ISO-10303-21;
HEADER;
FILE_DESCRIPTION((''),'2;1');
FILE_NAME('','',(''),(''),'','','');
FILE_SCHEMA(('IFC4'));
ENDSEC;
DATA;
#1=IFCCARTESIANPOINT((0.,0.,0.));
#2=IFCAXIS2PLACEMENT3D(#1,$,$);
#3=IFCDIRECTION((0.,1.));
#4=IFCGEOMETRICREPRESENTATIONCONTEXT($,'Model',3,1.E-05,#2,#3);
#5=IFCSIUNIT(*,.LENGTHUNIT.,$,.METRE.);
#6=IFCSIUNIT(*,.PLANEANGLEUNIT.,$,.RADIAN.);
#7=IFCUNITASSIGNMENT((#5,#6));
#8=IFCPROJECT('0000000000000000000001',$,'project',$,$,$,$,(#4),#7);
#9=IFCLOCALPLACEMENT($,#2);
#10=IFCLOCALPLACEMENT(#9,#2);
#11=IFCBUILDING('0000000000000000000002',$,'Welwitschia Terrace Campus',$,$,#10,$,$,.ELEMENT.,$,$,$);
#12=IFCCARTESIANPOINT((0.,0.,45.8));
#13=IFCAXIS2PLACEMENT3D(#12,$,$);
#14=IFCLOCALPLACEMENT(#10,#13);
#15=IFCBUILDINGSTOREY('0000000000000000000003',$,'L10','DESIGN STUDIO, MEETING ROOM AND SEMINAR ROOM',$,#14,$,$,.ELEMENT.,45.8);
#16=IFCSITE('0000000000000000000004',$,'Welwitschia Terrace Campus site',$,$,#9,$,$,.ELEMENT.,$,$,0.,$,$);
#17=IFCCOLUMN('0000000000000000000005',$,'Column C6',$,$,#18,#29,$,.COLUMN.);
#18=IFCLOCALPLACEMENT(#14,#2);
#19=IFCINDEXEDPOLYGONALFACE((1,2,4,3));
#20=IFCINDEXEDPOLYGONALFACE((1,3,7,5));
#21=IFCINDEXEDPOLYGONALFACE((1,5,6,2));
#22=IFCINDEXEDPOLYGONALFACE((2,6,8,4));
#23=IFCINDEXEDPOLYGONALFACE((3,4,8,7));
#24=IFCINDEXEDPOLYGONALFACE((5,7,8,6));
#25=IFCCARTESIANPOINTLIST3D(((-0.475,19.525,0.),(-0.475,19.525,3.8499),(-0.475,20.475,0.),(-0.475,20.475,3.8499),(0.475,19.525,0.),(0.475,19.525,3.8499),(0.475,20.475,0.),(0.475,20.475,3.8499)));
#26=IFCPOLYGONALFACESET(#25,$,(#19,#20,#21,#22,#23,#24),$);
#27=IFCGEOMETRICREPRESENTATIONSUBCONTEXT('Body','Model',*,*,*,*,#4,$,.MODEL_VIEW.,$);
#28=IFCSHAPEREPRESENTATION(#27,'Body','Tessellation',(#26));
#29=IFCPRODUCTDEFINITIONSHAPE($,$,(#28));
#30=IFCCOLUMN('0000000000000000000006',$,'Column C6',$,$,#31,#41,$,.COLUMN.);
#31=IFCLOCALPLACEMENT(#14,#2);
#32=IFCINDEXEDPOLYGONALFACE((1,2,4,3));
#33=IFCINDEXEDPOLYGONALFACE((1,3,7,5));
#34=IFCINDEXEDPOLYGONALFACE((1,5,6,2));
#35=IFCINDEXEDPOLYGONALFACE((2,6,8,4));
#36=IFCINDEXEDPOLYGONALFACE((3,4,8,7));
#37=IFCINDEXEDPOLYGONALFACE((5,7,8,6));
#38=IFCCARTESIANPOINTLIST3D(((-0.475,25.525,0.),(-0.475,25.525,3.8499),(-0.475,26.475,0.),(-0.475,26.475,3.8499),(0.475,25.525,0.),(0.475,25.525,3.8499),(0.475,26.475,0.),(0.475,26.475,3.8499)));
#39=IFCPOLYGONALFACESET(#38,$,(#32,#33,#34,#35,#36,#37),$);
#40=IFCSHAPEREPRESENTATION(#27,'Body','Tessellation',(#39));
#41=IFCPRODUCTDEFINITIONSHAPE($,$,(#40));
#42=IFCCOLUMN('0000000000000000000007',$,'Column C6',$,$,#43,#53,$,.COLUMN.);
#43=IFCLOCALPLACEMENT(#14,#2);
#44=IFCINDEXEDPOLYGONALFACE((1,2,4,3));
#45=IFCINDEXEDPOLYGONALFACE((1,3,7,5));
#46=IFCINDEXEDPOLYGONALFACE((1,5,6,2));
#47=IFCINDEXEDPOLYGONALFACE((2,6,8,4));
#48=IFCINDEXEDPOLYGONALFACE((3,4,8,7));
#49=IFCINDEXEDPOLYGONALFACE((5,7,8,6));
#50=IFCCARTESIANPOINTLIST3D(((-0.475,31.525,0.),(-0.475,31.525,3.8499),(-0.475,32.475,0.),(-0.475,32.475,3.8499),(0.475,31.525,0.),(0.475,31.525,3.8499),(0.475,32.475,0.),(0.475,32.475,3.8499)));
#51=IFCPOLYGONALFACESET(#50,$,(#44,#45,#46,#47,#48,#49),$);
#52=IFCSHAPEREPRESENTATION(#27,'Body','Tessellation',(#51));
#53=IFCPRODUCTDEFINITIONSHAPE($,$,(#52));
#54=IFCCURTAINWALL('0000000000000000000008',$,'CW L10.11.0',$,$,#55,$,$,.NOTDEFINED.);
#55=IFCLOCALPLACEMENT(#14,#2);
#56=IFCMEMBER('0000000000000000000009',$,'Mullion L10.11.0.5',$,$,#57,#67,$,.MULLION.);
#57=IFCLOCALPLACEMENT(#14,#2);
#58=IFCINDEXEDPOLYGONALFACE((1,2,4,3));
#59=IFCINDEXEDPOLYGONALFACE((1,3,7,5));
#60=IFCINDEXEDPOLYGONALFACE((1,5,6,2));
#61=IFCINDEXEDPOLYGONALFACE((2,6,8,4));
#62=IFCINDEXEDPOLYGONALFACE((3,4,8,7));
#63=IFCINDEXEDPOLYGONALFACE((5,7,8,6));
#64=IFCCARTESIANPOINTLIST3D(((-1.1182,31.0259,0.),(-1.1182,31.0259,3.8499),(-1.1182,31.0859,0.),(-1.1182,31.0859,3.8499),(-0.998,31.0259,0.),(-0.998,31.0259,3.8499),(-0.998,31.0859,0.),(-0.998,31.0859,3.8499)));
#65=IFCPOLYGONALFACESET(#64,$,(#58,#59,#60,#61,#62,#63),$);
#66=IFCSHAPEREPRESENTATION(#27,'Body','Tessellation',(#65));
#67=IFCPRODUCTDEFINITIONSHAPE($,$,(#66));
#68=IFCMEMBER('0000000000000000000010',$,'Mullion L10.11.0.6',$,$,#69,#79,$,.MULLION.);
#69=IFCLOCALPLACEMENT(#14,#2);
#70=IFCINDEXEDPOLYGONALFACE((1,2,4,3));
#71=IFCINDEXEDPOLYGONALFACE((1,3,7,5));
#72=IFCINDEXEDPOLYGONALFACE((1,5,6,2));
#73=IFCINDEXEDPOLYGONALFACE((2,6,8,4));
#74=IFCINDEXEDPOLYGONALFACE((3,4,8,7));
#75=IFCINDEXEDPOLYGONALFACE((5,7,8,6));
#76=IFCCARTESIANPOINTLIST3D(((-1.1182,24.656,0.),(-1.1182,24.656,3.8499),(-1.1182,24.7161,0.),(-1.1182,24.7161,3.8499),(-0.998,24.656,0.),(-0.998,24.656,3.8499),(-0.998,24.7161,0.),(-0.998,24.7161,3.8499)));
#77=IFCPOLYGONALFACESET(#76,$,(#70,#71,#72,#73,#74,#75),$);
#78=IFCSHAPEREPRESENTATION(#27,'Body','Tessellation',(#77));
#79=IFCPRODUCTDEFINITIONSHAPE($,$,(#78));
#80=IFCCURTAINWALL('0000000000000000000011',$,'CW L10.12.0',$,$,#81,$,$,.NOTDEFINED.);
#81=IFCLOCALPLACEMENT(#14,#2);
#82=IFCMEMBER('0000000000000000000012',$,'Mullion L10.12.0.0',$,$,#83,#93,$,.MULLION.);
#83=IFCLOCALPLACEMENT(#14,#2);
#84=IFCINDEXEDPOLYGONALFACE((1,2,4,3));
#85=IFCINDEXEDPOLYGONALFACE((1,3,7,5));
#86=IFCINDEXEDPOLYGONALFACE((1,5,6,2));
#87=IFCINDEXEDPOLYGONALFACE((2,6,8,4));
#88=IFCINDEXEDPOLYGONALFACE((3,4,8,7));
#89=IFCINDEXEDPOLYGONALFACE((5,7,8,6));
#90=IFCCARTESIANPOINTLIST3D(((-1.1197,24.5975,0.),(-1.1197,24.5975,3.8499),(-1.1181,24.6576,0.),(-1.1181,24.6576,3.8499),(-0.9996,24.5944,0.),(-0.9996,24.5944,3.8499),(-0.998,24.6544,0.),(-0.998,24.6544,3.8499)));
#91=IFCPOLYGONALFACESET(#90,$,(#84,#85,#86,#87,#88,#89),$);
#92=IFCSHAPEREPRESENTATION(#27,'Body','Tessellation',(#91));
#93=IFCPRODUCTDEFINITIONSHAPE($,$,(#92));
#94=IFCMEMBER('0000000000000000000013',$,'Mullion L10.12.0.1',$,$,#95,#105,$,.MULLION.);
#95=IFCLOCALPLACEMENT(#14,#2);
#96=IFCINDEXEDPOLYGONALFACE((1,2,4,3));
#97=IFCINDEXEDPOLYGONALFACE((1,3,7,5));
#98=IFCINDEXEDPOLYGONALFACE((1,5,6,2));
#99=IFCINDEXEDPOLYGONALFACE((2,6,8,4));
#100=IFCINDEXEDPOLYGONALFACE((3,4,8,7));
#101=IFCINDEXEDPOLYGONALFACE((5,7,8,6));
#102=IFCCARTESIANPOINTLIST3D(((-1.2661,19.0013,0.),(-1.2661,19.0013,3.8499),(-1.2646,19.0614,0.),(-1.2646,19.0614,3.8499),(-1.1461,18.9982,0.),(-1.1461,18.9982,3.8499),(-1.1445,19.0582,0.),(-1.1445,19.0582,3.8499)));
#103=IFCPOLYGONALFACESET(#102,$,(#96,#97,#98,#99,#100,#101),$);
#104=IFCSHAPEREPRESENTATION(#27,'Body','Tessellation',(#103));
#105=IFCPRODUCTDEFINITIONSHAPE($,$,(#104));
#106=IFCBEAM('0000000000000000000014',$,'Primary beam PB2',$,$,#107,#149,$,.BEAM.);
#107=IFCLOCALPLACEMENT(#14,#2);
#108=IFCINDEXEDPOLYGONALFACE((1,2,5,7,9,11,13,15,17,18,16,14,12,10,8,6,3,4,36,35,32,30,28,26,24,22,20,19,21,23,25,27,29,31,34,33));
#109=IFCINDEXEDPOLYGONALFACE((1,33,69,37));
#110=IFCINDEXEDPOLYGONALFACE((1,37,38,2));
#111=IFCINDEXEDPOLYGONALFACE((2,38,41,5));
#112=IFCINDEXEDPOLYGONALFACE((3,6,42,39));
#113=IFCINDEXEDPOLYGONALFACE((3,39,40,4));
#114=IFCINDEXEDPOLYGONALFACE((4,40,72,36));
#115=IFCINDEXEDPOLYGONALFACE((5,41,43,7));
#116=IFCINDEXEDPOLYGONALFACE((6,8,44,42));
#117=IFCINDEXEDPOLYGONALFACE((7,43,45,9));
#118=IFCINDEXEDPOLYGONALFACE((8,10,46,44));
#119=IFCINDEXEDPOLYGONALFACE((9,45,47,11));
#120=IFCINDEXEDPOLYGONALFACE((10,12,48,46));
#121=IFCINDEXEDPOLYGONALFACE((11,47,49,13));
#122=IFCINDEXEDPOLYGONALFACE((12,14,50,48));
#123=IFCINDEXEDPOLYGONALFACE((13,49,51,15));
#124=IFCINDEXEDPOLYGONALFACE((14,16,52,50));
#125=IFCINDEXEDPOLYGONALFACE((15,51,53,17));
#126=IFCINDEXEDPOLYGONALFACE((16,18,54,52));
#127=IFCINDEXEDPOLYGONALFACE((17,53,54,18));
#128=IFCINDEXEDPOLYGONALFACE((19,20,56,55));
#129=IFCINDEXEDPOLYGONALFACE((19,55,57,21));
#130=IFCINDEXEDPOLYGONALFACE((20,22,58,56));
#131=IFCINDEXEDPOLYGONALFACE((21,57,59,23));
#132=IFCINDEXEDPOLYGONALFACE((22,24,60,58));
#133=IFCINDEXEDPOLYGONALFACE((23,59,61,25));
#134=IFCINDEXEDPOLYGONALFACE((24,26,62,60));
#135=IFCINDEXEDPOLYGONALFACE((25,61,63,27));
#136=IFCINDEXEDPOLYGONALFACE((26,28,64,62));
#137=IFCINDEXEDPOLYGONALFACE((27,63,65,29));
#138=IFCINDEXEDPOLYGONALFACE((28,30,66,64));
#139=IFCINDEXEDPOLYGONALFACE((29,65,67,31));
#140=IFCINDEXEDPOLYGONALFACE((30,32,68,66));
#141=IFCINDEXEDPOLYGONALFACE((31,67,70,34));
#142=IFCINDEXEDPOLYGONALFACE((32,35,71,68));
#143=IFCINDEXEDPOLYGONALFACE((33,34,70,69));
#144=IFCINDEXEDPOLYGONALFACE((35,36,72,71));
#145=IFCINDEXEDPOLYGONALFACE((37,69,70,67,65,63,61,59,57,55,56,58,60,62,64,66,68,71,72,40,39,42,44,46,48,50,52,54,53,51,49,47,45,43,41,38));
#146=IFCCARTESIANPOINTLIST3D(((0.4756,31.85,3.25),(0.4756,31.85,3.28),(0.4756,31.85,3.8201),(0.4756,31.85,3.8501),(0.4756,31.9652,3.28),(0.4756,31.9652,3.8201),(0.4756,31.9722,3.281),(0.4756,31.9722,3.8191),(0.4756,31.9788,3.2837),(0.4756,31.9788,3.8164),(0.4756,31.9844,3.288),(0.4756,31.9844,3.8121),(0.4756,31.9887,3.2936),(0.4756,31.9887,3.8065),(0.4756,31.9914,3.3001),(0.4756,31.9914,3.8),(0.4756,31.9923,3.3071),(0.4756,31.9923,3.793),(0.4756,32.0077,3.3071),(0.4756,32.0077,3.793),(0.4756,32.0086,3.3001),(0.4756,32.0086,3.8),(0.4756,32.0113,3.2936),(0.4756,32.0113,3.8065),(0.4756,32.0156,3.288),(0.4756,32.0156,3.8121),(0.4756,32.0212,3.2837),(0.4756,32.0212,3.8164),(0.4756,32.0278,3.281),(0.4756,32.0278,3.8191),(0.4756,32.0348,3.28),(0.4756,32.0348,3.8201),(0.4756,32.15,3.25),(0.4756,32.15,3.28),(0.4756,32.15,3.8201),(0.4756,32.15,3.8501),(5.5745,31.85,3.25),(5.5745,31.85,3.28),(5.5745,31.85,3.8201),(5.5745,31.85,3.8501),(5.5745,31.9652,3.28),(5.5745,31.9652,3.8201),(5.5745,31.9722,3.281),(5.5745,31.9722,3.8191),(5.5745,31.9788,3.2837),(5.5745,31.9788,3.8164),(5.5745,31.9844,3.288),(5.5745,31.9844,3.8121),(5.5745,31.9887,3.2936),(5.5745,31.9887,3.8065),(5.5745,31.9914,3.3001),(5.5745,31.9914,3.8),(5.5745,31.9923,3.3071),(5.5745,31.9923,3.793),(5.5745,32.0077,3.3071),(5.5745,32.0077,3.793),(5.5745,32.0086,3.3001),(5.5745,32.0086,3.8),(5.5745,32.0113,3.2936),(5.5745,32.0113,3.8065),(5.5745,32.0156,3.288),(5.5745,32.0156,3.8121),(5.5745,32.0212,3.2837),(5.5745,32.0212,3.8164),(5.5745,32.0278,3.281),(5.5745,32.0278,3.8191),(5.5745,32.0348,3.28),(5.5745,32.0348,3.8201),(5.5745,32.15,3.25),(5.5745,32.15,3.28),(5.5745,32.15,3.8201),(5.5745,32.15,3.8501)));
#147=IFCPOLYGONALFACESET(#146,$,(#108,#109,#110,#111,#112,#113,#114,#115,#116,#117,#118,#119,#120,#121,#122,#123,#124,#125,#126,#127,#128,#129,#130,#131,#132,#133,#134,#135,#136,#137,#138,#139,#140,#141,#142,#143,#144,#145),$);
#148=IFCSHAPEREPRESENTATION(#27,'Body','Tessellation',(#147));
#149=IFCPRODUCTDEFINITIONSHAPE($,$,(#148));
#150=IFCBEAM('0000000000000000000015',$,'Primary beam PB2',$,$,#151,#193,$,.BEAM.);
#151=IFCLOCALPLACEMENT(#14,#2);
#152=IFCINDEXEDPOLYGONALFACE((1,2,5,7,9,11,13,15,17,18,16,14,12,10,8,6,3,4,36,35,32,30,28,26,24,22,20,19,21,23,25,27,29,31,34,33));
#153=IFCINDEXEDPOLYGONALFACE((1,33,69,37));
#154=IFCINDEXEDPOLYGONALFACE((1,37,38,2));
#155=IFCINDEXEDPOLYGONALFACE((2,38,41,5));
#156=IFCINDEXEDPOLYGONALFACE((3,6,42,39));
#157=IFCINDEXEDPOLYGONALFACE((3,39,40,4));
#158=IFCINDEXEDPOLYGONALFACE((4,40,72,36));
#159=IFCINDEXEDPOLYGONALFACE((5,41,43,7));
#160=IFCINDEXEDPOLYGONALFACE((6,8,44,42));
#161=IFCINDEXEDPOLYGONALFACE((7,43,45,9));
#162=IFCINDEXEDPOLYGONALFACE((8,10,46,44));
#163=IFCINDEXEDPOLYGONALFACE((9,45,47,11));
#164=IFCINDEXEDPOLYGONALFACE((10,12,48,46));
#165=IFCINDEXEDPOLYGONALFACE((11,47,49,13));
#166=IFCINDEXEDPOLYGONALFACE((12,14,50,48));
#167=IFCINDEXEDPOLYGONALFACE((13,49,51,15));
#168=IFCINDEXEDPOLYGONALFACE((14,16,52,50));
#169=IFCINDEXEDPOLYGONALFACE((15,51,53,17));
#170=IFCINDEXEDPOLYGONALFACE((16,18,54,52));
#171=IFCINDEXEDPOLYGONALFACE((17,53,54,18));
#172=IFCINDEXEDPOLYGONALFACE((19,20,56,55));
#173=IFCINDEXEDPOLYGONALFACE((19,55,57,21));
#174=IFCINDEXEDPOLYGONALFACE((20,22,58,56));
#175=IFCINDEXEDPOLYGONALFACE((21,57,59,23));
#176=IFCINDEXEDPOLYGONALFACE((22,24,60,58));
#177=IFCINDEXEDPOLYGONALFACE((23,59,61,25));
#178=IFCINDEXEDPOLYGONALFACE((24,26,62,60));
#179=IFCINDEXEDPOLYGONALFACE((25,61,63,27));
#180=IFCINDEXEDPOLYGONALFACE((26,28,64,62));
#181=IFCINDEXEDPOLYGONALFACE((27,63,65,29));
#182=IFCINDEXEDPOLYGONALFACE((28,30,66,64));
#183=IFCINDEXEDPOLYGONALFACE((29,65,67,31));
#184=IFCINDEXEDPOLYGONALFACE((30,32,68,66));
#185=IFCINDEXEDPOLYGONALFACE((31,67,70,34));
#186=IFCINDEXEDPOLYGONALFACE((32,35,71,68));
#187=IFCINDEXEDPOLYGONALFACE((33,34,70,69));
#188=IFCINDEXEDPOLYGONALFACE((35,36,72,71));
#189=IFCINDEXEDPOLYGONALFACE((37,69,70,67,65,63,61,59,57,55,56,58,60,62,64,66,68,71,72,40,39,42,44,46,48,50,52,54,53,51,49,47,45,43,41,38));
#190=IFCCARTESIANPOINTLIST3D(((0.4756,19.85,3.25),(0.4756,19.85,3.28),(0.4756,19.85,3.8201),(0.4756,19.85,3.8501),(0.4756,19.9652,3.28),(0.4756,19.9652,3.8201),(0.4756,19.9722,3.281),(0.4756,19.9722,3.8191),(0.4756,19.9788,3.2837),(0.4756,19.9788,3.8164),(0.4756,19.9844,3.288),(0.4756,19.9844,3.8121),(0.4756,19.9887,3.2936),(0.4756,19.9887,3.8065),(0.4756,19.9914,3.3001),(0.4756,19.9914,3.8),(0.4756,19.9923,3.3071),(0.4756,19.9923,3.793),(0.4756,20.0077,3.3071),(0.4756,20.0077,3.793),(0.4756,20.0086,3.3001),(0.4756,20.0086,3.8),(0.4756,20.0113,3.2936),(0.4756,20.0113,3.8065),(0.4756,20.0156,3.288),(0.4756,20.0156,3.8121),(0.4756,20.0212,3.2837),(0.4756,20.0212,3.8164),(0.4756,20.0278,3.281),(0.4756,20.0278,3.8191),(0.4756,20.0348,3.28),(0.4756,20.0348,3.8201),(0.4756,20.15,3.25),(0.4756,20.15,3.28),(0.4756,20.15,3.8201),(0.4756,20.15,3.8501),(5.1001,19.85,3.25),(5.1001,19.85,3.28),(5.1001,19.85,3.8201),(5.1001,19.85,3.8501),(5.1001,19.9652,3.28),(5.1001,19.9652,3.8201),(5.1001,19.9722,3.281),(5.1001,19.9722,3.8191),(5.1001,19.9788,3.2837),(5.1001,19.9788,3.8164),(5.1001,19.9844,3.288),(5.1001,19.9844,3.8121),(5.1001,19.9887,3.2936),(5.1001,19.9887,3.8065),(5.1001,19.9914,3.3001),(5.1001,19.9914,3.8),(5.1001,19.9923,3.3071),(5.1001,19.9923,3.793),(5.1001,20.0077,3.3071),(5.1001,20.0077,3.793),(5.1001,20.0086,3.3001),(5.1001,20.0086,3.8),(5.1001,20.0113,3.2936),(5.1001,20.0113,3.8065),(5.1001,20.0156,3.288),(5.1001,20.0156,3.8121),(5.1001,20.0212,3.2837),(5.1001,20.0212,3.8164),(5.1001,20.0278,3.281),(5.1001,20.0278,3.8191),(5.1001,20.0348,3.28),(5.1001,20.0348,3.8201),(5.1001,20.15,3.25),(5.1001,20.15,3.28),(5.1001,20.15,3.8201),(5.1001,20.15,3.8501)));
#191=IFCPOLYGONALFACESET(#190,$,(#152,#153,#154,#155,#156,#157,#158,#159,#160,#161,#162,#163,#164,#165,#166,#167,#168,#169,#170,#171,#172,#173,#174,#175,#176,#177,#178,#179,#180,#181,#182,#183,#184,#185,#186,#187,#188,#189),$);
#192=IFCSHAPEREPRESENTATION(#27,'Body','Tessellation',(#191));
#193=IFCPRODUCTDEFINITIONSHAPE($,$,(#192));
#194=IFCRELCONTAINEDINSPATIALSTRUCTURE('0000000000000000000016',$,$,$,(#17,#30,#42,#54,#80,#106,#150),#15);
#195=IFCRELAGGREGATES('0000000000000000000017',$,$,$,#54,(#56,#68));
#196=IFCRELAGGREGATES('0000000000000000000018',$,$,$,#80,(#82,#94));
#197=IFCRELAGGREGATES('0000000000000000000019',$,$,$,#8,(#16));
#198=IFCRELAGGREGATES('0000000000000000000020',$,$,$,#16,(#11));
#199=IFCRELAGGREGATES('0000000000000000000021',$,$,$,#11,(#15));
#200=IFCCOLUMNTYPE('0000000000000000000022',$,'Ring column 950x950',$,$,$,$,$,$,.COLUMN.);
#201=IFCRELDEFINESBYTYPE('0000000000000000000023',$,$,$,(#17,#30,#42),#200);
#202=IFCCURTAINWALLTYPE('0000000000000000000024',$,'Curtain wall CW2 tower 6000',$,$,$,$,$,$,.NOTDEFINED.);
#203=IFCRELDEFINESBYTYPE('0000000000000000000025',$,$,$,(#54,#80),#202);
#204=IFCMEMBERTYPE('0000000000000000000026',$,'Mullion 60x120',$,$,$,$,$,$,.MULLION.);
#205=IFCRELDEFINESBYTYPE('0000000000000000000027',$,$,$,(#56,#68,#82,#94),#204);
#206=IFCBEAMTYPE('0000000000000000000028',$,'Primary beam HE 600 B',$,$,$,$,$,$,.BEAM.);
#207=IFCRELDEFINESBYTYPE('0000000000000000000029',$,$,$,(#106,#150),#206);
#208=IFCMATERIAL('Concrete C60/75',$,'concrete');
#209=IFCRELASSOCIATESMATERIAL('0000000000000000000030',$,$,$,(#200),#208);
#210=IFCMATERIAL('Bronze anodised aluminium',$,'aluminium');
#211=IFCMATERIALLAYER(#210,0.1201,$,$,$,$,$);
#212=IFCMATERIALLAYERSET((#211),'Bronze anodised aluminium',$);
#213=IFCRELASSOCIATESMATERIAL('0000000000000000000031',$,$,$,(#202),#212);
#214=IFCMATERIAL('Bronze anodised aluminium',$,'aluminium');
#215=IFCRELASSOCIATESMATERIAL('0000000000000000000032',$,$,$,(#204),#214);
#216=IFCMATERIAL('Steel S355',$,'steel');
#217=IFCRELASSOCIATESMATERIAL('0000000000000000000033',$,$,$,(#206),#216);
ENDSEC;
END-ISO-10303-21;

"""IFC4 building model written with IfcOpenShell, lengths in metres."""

from ifc_helpers import new_model, si_unit, direction, frame, origin, origin_2d, place, context, subcontext, project, spatial, rectangle, i_section, extrude, material, layer, layer_set, material_profile, profile_set, type_object, element, aggregate, save


model = new_model("IFC4")

# Units and contexts
model_context = context("Model", 3, precision=1e-05, world=origin(), true_north=direction((0.0, 1.0)))
body_context = subcontext(model_context, "Body", "Model", "MODEL_VIEW")
ifc_project = project(units=[si_unit("LENGTHUNIT", "METRE"), si_unit("PLANEANGLEUNIT", "RADIAN")], contexts=[model_context])

# Site, building, storey
site_placement = place(None, origin())
site = spatial("IfcSite", under=ifc_project, at=site_placement, Name="Welwitschia Terrace Campus site", CompositionType="ELEMENT", RefElevation=0.0)
building_placement = place(site_placement, origin())
building = spatial("IfcBuilding", under=site, at=building_placement, Name="Welwitschia Terrace Campus", CompositionType="ELEMENT")
storey_placement = place(building_placement, frame((0.0, 0.0, 45.8)))
storey = spatial("IfcBuildingStorey", under=building, at=storey_placement, Name="L10", Description="DESIGN STUDIO, MEETING ROOM AND SEMINAR ROOM", CompositionType="ELEMENT", Elevation=45.8)

# Columns
ifc_material_1 = material(Name="Concrete C60/75", Category="concrete")
ifc_material_profile_1 = material_profile(ifc_material_1, rectangle(XDim=0.95, YDim=0.95, at=origin_2d()))
ifc_profile_set_1 = profile_set([ifc_material_profile_1], Name="Concrete C60/75")
column_type = type_object("IfcColumnType", Name="Ring column 950x950", PredefinedType="COLUMN", material=ifc_profile_set_1)
for number, where, z_axis, x_axis, name in (
    (1, (0.0, 20.0, 0.0), (0.0, 0.0, 1.0), (1.0, 0.0, 0.0), "Column C6"),
    (2, (0.0, 26.0, 0.0), (0.0, 0.0, 1.0), (1.0, 0.0, 0.0), "Column C6"),
    (3, (0.0, 32.0, 0.0), (0.0, 0.0, 1.0), (1.0, 0.0, 0.0), "Column C6"),
):
    element("IfcColumn", number, at=place(storey_placement, frame(where, z_axis=z_axis, x_axis=x_axis)), inside=storey, type_object=column_type, Name=name, PredefinedType="COLUMN", context=body_context, shape_type="SweptSolid", body=[
        extrude(rectangle(XDim=0.95, YDim=0.95, at=origin_2d()), origin(), (0.0, 0.0, 1.0), 3.8499),
    ])

# Curtain walls, members
ifc_material_2 = material(Name="Bronze anodised aluminium", Category="aluminium")
ifc_layer_1 = layer(ifc_material_2, 0.1201)
ifc_layer_set_1 = layer_set([ifc_layer_1], Name="Bronze anodised aluminium")
curtain_wall_type = type_object("IfcCurtainWallType", Name="Curtain wall CW2 tower 6000", PredefinedType="NOTDEFINED", material=ifc_layer_set_1)
curtain_wall_1_placement = place(storey_placement, origin())
curtain_wall_1 = element("IfcCurtainWall", 4, at=curtain_wall_1_placement, inside=storey, type_object=curtain_wall_type, Name="CW L10.11.0", PredefinedType="NOTDEFINED")
ifc_material_3 = material(Name="Bronze anodised aluminium", Category="aluminium")
ifc_material_profile_2 = material_profile(ifc_material_3, rectangle(XDim=0.1201, YDim=0.0601, at=origin_2d()))
ifc_profile_set_2 = profile_set([ifc_material_profile_2], Name="Bronze anodised aluminium")
member_type_1 = type_object("IfcMemberType", Name="Mullion 60x120", PredefinedType="MULLION", material=ifc_profile_set_2)
member_1_placement = place(storey_placement, frame((-1.0581, 31.0559, 0.0), z_axis=(0.0, 0.0, 1.0), x_axis=(1.0, 0.0, 0.0)))
member_1 = element("IfcMember", 5, at=member_1_placement, type_object=member_type_1, Name="Mullion L10.11.0.5", PredefinedType="MULLION", context=body_context, shape_type="SweptSolid", body=[
    extrude(rectangle(XDim=0.1201, YDim=0.0601, at=origin_2d()), origin(), (0.0, 0.0, 1.0), 3.8499),
])
member_2_placement = place(storey_placement, frame((-1.0581, 24.686, 0.0), z_axis=(0.0, 0.0, 1.0), x_axis=(1.0, 0.0, 0.0)))
member_2 = element("IfcMember", 6, at=member_2_placement, type_object=member_type_1, Name="Mullion L10.11.0.6", PredefinedType="MULLION", context=body_context, shape_type="SweptSolid", body=[
    extrude(rectangle(XDim=0.1201, YDim=0.0601, at=origin_2d()), origin(), (0.0, 0.0, 1.0), 3.8499),
])
curtain_wall_2_placement = place(storey_placement, origin())
curtain_wall_2 = element("IfcCurtainWall", 7, at=curtain_wall_2_placement, inside=storey, type_object=curtain_wall_type, Name="CW L10.12.0", PredefinedType="NOTDEFINED")
member_3_placement = place(storey_placement, frame((-1.0588, 24.626, 0.0), z_axis=(0.0, 0.0, 1.0), x_axis=(0.999657, -0.026177, 0.0)))
member_3 = element("IfcMember", 8, at=member_3_placement, type_object=member_type_1, Name="Mullion L10.12.0.0", PredefinedType="MULLION", context=body_context, shape_type="SweptSolid", body=[
    extrude(rectangle(XDim=0.1201, YDim=0.0601, at=origin_2d()), origin(), (0.0, 0.0, 1.0), 3.8499),
])
member_4_placement = place(storey_placement, frame((-1.2053, 19.0298, 0.0), z_axis=(0.0, 0.0, 1.0), x_axis=(0.999657, -0.026177, 0.0)))
member_4 = element("IfcMember", 9, at=member_4_placement, type_object=member_type_1, Name="Mullion L10.12.0.1", PredefinedType="MULLION", context=body_context, shape_type="SweptSolid", body=[
    extrude(rectangle(XDim=0.1201, YDim=0.0601, at=origin_2d()), origin(), (0.0, 0.0, 1.0), 3.8499),
])

# Beams
ifc_material_4 = material(Name="Steel S355", Category="steel")
ifc_material_profile_3 = material_profile(ifc_material_4, i_section(OverallWidth=0.3, OverallDepth=0.6001, WebThickness=0.0154, FlangeThickness=0.03, FilletRadius=0.0271, at=origin_2d()))
ifc_profile_set_3 = profile_set([ifc_material_profile_3], Name="Steel S355")
beam_type_1 = type_object("IfcBeamType", Name="Primary beam HE 600 B", PredefinedType="BEAM", material=ifc_profile_set_3)
beam_1_placement = place(storey_placement, frame((0.4756, 32.0, 3.55), z_axis=(1.0, 0.0, 0.0), x_axis=(0.0, 1.0, 0.0)))
element("IfcBeam", 10, at=beam_1_placement, inside=storey, type_object=beam_type_1, Name="Primary beam PB2", PredefinedType="BEAM", context=body_context, shape_type="SweptSolid", body=[
    extrude(i_section(OverallWidth=0.3, OverallDepth=0.6001, WebThickness=0.0154, FlangeThickness=0.03, FilletRadius=0.0271, at=origin_2d()), origin(), (0.0, 0.0, 1.0), 5.0989),
])
beam_2_placement = place(storey_placement, frame((0.4756, 20.0, 3.55), z_axis=(1.0, 0.0, 0.0), x_axis=(0.0, 1.0, 0.0)))
element("IfcBeam", 11, at=beam_2_placement, inside=storey, type_object=beam_type_1, Name="Primary beam PB2", PredefinedType="BEAM", context=body_context, shape_type="SweptSolid", body=[
    extrude(i_section(OverallWidth=0.3, OverallDepth=0.6001, WebThickness=0.0154, FlangeThickness=0.03, FilletRadius=0.0271, at=origin_2d()), origin(), (0.0, 0.0, 1.0), 4.6245),
])

aggregate(curtain_wall_1, [member_1, member_2])
aggregate(curtain_wall_2, [member_3, member_4])

save(model, "model.ifc")
